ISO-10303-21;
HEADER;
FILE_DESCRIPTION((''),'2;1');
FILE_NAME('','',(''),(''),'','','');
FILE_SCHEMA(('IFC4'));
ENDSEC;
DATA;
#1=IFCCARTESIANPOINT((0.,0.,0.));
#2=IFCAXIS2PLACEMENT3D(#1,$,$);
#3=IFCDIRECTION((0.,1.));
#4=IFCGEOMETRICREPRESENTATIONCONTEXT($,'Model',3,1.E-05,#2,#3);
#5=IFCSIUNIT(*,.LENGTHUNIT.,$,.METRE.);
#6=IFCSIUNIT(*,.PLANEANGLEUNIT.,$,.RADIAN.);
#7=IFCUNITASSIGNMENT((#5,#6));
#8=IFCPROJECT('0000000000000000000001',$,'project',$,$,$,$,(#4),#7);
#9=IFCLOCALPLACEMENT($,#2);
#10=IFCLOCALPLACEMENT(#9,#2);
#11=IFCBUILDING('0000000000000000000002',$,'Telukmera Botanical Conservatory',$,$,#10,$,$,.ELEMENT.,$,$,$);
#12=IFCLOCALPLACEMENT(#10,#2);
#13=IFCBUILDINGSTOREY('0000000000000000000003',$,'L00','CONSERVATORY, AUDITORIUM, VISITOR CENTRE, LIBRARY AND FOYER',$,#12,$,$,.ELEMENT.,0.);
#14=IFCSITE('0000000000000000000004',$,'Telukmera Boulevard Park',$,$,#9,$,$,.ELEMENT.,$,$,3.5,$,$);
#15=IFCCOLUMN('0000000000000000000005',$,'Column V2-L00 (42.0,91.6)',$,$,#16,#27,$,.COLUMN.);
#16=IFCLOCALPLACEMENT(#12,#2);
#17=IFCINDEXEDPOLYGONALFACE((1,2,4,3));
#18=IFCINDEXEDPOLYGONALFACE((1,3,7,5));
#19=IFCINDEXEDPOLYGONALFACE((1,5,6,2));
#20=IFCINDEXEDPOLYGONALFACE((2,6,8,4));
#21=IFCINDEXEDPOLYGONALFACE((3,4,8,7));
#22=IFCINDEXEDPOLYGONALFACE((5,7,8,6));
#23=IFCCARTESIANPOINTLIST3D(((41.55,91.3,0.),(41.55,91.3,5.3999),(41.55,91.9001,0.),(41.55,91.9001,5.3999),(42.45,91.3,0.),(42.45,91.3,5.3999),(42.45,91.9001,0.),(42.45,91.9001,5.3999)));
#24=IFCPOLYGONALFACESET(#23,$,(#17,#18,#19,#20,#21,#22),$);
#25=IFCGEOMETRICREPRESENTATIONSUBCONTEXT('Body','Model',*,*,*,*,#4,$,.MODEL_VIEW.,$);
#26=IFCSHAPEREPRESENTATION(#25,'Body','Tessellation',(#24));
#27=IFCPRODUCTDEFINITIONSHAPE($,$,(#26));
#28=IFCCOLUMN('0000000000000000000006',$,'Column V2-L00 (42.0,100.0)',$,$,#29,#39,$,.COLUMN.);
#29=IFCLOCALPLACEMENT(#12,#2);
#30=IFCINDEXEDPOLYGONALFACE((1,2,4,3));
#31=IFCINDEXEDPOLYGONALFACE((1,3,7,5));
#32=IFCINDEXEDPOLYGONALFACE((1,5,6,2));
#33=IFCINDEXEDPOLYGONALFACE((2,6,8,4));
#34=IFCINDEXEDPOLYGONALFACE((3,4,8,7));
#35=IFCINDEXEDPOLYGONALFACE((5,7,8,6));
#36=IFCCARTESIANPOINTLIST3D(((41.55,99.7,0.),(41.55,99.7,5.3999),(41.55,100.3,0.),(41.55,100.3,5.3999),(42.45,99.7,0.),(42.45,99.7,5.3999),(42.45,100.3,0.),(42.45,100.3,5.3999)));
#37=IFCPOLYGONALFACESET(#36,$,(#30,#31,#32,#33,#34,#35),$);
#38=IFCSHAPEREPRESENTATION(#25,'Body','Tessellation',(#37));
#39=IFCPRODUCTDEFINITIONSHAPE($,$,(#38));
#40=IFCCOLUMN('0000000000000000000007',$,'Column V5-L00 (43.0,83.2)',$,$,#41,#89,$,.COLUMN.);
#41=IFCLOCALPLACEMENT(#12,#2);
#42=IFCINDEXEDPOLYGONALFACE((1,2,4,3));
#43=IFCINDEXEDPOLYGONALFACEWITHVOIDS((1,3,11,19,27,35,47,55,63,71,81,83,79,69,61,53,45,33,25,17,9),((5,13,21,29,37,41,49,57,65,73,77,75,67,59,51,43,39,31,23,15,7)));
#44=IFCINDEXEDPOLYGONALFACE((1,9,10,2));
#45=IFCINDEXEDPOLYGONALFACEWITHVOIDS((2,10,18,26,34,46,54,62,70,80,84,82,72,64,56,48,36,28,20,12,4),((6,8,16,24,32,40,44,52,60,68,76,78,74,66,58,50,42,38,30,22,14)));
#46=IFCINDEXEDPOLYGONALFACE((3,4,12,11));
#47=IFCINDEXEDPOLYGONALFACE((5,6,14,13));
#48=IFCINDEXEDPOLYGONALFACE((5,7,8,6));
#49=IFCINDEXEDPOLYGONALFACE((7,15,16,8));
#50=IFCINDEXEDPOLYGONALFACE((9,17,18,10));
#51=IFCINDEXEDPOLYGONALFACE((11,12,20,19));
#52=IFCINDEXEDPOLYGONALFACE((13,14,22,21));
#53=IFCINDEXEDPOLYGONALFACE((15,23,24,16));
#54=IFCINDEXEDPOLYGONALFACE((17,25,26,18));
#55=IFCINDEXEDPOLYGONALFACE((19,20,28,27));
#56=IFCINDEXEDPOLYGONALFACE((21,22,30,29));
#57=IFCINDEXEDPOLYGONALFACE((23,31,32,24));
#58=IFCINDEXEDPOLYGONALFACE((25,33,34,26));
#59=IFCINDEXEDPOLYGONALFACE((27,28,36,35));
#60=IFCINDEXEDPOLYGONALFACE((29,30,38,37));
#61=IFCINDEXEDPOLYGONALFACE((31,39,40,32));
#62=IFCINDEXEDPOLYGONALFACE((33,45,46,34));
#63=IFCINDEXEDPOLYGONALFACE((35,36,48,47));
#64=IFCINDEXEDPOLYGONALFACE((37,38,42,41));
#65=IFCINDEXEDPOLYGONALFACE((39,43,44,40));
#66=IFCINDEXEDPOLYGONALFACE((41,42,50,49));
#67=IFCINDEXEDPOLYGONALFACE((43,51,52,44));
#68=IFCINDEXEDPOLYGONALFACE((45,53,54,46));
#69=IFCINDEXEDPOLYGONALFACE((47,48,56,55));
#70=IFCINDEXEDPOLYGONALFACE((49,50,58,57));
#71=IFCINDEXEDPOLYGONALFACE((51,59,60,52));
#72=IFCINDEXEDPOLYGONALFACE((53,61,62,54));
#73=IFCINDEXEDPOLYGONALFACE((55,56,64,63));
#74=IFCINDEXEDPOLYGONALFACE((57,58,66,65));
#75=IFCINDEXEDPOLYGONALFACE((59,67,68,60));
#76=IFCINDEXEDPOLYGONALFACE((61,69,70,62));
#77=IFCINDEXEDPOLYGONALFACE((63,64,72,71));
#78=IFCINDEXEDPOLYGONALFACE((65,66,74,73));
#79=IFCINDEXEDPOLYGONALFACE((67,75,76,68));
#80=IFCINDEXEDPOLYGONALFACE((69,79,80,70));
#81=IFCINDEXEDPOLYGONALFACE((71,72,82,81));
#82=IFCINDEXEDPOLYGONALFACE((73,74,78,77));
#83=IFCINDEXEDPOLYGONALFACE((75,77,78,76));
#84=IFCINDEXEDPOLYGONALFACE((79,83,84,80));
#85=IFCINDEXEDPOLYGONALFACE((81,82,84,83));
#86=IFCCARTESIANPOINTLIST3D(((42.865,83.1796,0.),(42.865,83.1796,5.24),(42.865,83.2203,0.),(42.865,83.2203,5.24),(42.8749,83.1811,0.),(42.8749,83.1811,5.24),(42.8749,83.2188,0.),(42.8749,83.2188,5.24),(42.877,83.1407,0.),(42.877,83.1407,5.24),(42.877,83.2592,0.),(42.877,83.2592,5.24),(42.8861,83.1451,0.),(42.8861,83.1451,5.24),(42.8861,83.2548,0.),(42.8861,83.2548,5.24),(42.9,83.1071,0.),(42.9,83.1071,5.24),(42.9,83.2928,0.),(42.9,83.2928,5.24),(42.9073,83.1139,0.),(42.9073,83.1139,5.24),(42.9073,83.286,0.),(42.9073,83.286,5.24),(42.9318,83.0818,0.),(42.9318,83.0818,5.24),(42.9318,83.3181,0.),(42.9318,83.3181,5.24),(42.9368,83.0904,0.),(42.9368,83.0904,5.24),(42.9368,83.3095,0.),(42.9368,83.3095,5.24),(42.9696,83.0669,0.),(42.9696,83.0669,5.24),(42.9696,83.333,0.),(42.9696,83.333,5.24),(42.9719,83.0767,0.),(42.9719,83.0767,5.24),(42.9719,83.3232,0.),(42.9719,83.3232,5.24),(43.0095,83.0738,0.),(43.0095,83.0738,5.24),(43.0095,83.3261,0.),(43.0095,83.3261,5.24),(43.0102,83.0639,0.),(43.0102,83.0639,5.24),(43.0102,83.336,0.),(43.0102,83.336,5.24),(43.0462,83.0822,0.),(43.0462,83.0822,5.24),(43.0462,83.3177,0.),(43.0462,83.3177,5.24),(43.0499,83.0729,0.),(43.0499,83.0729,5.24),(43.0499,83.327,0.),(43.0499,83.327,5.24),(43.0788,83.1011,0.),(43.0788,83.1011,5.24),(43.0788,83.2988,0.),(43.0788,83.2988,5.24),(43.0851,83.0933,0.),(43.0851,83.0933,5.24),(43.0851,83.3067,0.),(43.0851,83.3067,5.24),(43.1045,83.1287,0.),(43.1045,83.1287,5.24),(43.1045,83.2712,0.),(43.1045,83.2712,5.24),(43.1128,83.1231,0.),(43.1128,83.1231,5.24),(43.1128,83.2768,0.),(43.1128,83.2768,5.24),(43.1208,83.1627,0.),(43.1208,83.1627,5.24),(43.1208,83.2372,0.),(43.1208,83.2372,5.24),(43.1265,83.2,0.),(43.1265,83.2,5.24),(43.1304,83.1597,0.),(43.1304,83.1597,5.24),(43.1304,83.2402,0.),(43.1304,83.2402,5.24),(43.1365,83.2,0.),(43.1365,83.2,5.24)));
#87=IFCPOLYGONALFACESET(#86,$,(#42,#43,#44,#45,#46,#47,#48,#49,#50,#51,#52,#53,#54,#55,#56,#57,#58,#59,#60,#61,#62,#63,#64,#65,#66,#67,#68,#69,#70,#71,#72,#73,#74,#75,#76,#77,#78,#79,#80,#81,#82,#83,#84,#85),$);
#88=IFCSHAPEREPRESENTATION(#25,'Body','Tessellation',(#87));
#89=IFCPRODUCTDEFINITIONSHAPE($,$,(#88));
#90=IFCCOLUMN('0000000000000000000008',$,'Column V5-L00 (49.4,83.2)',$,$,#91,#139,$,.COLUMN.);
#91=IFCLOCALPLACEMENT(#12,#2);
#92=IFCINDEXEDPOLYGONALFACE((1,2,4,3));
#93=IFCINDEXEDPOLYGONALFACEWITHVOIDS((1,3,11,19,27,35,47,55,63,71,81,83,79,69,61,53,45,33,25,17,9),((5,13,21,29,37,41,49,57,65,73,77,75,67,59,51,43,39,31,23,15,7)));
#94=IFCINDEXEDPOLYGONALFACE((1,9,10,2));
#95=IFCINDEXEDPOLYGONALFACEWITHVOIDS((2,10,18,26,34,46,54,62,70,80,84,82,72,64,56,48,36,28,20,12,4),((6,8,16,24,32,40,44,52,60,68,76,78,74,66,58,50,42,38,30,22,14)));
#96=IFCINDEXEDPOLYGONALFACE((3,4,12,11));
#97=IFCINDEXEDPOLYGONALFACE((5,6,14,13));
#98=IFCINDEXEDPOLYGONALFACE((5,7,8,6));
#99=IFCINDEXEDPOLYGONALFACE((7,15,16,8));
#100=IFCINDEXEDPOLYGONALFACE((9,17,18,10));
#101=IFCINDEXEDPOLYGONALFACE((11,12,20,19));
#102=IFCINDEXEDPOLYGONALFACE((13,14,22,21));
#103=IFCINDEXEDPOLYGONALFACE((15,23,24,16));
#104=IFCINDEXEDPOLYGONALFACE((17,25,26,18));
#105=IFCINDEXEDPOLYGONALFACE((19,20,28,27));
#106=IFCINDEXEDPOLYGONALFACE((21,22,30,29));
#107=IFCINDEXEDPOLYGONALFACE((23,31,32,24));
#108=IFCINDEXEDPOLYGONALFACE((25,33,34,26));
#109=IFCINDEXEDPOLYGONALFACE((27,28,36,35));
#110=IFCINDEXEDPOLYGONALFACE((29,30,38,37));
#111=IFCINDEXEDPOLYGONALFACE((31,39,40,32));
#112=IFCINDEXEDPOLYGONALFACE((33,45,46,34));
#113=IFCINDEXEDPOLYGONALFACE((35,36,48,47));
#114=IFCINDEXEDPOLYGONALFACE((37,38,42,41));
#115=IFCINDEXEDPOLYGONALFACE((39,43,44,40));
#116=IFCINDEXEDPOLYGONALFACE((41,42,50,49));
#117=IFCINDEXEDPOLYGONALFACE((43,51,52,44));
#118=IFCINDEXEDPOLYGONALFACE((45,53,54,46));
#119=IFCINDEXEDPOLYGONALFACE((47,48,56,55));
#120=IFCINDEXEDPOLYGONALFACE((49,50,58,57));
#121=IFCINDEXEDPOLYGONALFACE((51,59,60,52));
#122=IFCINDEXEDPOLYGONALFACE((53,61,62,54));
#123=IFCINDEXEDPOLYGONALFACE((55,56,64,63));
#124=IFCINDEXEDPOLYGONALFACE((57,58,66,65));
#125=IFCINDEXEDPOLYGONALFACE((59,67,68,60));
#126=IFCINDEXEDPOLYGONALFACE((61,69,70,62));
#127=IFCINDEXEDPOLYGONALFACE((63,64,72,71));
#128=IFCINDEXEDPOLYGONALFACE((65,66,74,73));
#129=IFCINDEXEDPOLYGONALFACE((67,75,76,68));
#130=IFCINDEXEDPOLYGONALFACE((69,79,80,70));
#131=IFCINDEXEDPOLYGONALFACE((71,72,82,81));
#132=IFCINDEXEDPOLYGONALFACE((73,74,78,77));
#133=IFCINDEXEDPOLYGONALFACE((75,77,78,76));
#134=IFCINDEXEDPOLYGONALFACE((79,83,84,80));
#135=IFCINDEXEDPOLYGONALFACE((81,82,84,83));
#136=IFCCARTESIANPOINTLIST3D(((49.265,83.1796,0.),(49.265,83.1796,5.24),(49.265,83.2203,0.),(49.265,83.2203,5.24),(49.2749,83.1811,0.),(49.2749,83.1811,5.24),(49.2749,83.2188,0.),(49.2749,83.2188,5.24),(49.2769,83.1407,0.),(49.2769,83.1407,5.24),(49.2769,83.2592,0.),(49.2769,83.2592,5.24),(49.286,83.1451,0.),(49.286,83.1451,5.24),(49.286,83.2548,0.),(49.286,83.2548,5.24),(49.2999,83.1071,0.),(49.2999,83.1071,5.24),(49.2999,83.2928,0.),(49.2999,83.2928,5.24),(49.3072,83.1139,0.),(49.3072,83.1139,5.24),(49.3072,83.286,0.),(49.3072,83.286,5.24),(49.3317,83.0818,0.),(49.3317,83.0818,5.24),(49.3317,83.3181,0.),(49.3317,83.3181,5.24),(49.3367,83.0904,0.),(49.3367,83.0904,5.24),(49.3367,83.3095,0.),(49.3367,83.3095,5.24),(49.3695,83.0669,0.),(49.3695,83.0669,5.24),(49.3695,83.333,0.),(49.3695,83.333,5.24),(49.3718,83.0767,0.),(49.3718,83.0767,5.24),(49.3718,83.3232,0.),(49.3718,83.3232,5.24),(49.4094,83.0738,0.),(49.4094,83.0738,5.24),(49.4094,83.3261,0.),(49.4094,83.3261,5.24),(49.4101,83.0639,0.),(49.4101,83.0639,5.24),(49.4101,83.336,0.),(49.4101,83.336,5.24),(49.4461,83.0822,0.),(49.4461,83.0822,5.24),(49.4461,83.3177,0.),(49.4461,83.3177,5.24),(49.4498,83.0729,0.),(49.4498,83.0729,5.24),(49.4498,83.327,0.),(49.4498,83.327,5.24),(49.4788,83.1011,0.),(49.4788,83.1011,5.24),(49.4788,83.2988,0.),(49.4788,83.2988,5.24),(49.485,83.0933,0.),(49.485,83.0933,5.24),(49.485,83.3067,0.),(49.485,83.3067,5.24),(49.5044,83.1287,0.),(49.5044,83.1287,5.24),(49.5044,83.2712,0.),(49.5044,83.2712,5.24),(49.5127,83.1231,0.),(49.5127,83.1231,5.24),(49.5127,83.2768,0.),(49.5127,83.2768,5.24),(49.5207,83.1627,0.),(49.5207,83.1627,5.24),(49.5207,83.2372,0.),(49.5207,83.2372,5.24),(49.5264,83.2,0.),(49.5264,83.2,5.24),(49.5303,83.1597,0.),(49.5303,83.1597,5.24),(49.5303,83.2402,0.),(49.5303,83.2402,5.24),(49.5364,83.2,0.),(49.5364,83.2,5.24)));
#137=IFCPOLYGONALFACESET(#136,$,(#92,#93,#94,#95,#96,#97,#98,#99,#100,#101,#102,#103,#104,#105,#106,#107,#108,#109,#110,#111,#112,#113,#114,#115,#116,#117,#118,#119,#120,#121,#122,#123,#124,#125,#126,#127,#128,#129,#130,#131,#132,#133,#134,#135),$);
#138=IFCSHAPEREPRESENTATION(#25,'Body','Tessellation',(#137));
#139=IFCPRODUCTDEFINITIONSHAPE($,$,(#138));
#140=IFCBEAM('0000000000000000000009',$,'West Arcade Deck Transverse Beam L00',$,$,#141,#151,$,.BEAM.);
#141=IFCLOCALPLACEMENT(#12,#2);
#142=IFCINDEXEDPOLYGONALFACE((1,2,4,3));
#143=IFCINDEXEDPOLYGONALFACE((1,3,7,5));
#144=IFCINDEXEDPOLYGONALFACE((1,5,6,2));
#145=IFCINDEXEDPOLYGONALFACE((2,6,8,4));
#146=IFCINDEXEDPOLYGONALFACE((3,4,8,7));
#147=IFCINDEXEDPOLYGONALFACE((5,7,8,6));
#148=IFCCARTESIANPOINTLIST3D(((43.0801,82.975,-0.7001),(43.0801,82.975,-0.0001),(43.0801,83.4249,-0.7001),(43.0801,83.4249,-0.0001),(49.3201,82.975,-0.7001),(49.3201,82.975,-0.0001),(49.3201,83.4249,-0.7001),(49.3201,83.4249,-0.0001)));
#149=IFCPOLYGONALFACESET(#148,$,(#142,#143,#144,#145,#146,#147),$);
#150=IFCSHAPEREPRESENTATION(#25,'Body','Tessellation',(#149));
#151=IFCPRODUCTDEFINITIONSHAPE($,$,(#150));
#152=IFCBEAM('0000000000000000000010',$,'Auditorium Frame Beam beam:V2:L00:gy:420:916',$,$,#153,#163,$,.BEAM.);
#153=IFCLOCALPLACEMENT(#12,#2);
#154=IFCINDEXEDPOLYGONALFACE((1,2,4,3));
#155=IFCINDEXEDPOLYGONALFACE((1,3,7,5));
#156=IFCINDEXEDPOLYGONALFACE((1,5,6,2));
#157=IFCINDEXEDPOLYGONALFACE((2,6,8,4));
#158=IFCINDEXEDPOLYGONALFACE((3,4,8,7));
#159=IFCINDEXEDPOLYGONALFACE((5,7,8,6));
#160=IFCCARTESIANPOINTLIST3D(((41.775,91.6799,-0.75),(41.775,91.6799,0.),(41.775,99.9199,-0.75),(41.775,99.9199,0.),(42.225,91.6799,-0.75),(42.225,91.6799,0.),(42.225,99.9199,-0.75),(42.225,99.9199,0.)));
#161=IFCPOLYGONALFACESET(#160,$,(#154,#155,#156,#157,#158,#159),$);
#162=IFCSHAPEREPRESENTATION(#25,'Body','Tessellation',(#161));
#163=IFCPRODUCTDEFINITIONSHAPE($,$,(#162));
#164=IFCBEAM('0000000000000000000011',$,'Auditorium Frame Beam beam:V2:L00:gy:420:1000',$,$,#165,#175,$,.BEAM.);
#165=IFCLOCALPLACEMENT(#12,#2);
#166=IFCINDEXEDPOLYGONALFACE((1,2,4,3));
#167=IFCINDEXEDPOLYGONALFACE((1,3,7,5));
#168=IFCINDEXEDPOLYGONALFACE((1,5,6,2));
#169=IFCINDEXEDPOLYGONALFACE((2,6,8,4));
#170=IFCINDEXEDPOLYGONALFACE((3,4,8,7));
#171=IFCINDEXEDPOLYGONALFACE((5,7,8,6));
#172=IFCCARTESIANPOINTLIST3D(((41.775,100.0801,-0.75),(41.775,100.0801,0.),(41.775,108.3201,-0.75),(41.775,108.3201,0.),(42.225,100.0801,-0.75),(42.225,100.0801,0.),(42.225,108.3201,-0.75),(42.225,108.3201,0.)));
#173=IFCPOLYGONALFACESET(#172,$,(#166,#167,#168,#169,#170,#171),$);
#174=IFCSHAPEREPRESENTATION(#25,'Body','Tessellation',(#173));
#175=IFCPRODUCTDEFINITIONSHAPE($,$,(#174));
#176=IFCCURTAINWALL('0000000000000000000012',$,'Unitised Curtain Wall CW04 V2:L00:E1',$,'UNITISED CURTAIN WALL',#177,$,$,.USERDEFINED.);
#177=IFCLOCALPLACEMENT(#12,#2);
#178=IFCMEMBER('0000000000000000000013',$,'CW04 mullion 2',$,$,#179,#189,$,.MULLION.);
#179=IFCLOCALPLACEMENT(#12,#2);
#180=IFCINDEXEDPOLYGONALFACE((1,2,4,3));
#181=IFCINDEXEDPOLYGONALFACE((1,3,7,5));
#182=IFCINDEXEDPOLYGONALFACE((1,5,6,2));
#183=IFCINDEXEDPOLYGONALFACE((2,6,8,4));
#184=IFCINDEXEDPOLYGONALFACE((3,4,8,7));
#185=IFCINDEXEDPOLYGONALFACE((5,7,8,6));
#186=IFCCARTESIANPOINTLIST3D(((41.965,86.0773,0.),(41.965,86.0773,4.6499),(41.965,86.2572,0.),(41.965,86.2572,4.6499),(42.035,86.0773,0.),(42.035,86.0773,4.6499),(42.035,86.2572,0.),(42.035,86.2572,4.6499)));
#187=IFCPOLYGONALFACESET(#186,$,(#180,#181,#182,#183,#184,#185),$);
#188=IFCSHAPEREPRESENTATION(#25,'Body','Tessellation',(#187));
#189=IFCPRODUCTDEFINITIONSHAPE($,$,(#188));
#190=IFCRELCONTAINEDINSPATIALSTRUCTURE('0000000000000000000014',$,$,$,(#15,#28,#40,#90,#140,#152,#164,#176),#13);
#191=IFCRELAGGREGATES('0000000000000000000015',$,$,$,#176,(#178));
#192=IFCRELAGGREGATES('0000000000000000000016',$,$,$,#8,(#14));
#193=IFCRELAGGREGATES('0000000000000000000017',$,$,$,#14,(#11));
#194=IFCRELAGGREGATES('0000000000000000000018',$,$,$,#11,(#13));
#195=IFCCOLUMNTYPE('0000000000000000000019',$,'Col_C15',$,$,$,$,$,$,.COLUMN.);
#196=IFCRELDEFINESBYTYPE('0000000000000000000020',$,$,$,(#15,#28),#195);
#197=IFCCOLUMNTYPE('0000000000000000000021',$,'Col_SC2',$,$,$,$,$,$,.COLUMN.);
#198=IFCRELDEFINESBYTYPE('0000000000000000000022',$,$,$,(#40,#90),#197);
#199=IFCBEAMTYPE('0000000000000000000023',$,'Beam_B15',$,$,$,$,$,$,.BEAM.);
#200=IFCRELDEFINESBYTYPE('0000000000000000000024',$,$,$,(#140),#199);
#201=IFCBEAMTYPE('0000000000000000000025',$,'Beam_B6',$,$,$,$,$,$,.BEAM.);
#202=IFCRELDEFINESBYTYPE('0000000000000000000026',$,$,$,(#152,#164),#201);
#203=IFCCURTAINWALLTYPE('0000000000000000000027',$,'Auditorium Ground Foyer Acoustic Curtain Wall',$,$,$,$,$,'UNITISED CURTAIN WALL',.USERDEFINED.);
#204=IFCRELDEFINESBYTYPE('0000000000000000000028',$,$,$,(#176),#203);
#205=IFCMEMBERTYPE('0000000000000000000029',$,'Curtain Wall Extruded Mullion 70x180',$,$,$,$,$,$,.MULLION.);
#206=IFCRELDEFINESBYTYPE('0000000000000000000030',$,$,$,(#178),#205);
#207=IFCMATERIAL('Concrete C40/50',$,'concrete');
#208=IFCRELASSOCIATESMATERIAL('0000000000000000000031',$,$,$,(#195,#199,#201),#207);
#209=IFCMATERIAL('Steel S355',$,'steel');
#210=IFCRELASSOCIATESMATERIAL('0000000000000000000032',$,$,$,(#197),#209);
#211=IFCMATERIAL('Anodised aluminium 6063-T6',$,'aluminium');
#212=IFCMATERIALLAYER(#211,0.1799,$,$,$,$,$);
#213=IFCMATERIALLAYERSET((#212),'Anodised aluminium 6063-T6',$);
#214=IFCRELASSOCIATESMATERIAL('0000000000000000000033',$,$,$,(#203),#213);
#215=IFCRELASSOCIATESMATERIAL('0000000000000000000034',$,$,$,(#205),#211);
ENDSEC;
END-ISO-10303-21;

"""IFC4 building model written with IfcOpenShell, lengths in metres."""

from ifc_helpers import new_model, si_unit, direction, frame, origin, origin_2d, place, context, subcontext, project, spatial, rectangle, hollow_circle, extrude, material, layer, layer_set, material_profile, profile_set, type_object, element, aggregate, save


model = new_model("IFC4")

# Units and contexts
model_context = context("Model", 3, precision=1e-05, world=origin(), true_north=direction((0.0, 1.0)))
body_context = subcontext(model_context, "Body", "Model", "MODEL_VIEW")
ifc_project = project(units=[si_unit("LENGTHUNIT", "METRE"), si_unit("PLANEANGLEUNIT", "RADIAN")], contexts=[model_context])

# Site, building, storey
site_placement = place(None, origin())
site = spatial("IfcSite", under=ifc_project, at=site_placement, Name="Telukmera Boulevard Park", CompositionType="ELEMENT", RefElevation=3.5)
building_placement = place(site_placement, origin())
building = spatial("IfcBuilding", under=site, at=building_placement, Name="Telukmera Botanical Conservatory", CompositionType="ELEMENT")
storey_placement = place(building_placement, origin())
storey = spatial("IfcBuildingStorey", under=building, at=storey_placement, Name="L00", Description="CONSERVATORY, AUDITORIUM, VISITOR CENTRE, LIBRARY AND FOYER", CompositionType="ELEMENT", Elevation=0.0)

# Columns
ifc_material_1 = material(Name="Concrete C40/50", Category="concrete")
ifc_material_profile_1 = material_profile(ifc_material_1, rectangle(XDim=0.6001, YDim=0.8999, at=origin_2d()), Name="RC 900x600")
ifc_profile_set_1 = profile_set([ifc_material_profile_1], Name="Concrete C40/50")
column_type_1 = type_object("IfcColumnType", Name="Col_C15", PredefinedType="COLUMN", material=ifc_profile_set_1)
for number, where, z_axis, x_axis, name in (
    (1, (42.0, 91.6001, 0.0), (0.0, 0.0, 1.0), (0.0, 1.0, 0.0), "Column V2-L00 (42.0,91.6)"),
    (2, (42.0, 100.0, 0.0), (0.0, 0.0, 1.0), (0.0, 1.0, 0.0), "Column V2-L00 (42.0,100.0)"),
):
    element("IfcColumn", number, at=place(storey_placement, frame(where, z_axis=z_axis, x_axis=x_axis)), inside=storey, type_object=column_type_1, Name=name, PredefinedType="COLUMN", context=body_context, shape_type="SweptSolid", body=[
        extrude(rectangle(XDim=0.6001, YDim=0.8999, at=origin_2d()), origin(), (0.0, 0.0, 1.0), 5.3999),
    ])
ifc_material_2 = material(Name="Steel S355", Category="steel")
ifc_material_profile_2 = material_profile(ifc_material_2, hollow_circle(Radius=0.1365, WallThickness=0.01, at=origin_2d()), Name="CHS 273.0x10.0")
ifc_profile_set_2 = profile_set([ifc_material_profile_2], Name="Steel S355")
column_type_2 = type_object("IfcColumnType", Name="Col_SC2", PredefinedType="COLUMN", material=ifc_profile_set_2)
for number, where, z_axis, x_axis, name in (
    (3, (43.0, 83.2, 0.0), (0.0, 0.0, 1.0), (1.0, 0.0, 0.0), "Column V5-L00 (43.0,83.2)"),
    (4, (49.3999, 83.2, 0.0), (0.0, 0.0, 1.0), (1.0, 0.0, 0.0), "Column V5-L00 (49.4,83.2)"),
):
    element("IfcColumn", number, at=place(storey_placement, frame(where, z_axis=z_axis, x_axis=x_axis)), inside=storey, type_object=column_type_2, Name=name, PredefinedType="COLUMN", context=body_context, shape_type="SweptSolid", body=[
        extrude(hollow_circle(Radius=0.1365, WallThickness=0.01, at=origin_2d()), origin(), (0.0, 0.0, 1.0), 5.24),
    ])

# Beams
ifc_material_profile_3 = material_profile(ifc_material_1, rectangle(XDim=0.45, YDim=0.7, at=origin_2d()), Name="RC 450x700")
ifc_profile_set_3 = profile_set([ifc_material_profile_3], Name="Concrete C40/50")
beam_type_1 = type_object("IfcBeamType", Name="Beam_B15", PredefinedType="BEAM", material=ifc_profile_set_3)
beam_placement = place(storey_placement, frame((43.0801, 83.2, -0.3501), z_axis=(1.0, 0.0, 0.0), x_axis=(0.0, 1.0, 0.0)))
element("IfcBeam", 5, at=beam_placement, inside=storey, type_object=beam_type_1, Name="West Arcade Deck Transverse Beam L00", PredefinedType="BEAM", context=body_context, shape_type="SweptSolid", body=[
    extrude(rectangle(XDim=0.45, YDim=0.7, at=origin_2d()), origin(), (0.0, 0.0, 1.0), 6.24),
])
ifc_material_profile_4 = material_profile(ifc_material_1, rectangle(XDim=0.45, YDim=0.75, at=origin_2d()), Name="RC 450x750")
ifc_profile_set_4 = profile_set([ifc_material_profile_4], Name="Concrete C40/50")
beam_type_2 = type_object("IfcBeamType", Name="Beam_B6", PredefinedType="BEAM", material=ifc_profile_set_4)
for number, where, z_axis, x_axis, name in (
    (6, (42.0, 91.6799, -0.375), (0.0, 1.0, 0.0), (-1.0, 0.0, 0.0), "Auditorium Frame Beam beam:V2:L00:gy:420:916"),
    (7, (42.0, 100.0801, -0.375), (0.0, 1.0, 0.0), (-1.0, 0.0, 0.0), "Auditorium Frame Beam beam:V2:L00:gy:420:1000"),
):
    element("IfcBeam", number, at=place(storey_placement, frame(where, z_axis=z_axis, x_axis=x_axis)), inside=storey, type_object=beam_type_2, Name=name, PredefinedType="BEAM", context=body_context, shape_type="SweptSolid", body=[
        extrude(rectangle(XDim=0.45, YDim=0.75, at=origin_2d()), origin(), (0.0, 0.0, 1.0), 8.24),
    ])

# Curtain wall, member
ifc_material_3 = material(Name="Anodised aluminium 6063-T6", Category="aluminium")
ifc_layer_1 = layer(ifc_material_3, 0.1799)
ifc_layer_set_1 = layer_set([ifc_layer_1], Name="Anodised aluminium 6063-T6")
curtain_wall_type = type_object("IfcCurtainWallType", Name="Auditorium Ground Foyer Acoustic Curtain Wall", ElementType="UNITISED CURTAIN WALL", PredefinedType="USERDEFINED", material=ifc_layer_set_1)
curtain_wall_placement = place(storey_placement, origin())
curtain_wall = element("IfcCurtainWall", 8, at=curtain_wall_placement, inside=storey, type_object=curtain_wall_type, Name="Unitised Curtain Wall CW04 V2:L00:E1", ObjectType="UNITISED CURTAIN WALL", PredefinedType="USERDEFINED")
ifc_material_profile_5 = material_profile(ifc_material_3, rectangle(XDim=0.0701, YDim=0.1799, at=origin_2d()), Name="ALU MULL 70x180")
ifc_profile_set_5 = profile_set([ifc_material_profile_5], Name="Anodised aluminium 6063-T6")
member_type_1 = type_object("IfcMemberType", Name="Curtain Wall Extruded Mullion 70x180", PredefinedType="MULLION", material=ifc_profile_set_5)
member_1_placement = place(storey_placement, frame((42.0, 86.1672, 0.0), z_axis=(0.0, 0.0, 1.0), x_axis=(-1.0, 0.0, 0.0)))
member_1 = element("IfcMember", 9, at=member_1_placement, type_object=member_type_1, Name="CW04 mullion 2", PredefinedType="MULLION", context=body_context, shape_type="SweptSolid", body=[
    extrude(rectangle(XDim=0.0701, YDim=0.1799, at=origin_2d()), origin(), (0.0, 0.0, 1.0), 4.6499),
])
aggregate(curtain_wall, [member_1])

save(model, "model.ifc")
